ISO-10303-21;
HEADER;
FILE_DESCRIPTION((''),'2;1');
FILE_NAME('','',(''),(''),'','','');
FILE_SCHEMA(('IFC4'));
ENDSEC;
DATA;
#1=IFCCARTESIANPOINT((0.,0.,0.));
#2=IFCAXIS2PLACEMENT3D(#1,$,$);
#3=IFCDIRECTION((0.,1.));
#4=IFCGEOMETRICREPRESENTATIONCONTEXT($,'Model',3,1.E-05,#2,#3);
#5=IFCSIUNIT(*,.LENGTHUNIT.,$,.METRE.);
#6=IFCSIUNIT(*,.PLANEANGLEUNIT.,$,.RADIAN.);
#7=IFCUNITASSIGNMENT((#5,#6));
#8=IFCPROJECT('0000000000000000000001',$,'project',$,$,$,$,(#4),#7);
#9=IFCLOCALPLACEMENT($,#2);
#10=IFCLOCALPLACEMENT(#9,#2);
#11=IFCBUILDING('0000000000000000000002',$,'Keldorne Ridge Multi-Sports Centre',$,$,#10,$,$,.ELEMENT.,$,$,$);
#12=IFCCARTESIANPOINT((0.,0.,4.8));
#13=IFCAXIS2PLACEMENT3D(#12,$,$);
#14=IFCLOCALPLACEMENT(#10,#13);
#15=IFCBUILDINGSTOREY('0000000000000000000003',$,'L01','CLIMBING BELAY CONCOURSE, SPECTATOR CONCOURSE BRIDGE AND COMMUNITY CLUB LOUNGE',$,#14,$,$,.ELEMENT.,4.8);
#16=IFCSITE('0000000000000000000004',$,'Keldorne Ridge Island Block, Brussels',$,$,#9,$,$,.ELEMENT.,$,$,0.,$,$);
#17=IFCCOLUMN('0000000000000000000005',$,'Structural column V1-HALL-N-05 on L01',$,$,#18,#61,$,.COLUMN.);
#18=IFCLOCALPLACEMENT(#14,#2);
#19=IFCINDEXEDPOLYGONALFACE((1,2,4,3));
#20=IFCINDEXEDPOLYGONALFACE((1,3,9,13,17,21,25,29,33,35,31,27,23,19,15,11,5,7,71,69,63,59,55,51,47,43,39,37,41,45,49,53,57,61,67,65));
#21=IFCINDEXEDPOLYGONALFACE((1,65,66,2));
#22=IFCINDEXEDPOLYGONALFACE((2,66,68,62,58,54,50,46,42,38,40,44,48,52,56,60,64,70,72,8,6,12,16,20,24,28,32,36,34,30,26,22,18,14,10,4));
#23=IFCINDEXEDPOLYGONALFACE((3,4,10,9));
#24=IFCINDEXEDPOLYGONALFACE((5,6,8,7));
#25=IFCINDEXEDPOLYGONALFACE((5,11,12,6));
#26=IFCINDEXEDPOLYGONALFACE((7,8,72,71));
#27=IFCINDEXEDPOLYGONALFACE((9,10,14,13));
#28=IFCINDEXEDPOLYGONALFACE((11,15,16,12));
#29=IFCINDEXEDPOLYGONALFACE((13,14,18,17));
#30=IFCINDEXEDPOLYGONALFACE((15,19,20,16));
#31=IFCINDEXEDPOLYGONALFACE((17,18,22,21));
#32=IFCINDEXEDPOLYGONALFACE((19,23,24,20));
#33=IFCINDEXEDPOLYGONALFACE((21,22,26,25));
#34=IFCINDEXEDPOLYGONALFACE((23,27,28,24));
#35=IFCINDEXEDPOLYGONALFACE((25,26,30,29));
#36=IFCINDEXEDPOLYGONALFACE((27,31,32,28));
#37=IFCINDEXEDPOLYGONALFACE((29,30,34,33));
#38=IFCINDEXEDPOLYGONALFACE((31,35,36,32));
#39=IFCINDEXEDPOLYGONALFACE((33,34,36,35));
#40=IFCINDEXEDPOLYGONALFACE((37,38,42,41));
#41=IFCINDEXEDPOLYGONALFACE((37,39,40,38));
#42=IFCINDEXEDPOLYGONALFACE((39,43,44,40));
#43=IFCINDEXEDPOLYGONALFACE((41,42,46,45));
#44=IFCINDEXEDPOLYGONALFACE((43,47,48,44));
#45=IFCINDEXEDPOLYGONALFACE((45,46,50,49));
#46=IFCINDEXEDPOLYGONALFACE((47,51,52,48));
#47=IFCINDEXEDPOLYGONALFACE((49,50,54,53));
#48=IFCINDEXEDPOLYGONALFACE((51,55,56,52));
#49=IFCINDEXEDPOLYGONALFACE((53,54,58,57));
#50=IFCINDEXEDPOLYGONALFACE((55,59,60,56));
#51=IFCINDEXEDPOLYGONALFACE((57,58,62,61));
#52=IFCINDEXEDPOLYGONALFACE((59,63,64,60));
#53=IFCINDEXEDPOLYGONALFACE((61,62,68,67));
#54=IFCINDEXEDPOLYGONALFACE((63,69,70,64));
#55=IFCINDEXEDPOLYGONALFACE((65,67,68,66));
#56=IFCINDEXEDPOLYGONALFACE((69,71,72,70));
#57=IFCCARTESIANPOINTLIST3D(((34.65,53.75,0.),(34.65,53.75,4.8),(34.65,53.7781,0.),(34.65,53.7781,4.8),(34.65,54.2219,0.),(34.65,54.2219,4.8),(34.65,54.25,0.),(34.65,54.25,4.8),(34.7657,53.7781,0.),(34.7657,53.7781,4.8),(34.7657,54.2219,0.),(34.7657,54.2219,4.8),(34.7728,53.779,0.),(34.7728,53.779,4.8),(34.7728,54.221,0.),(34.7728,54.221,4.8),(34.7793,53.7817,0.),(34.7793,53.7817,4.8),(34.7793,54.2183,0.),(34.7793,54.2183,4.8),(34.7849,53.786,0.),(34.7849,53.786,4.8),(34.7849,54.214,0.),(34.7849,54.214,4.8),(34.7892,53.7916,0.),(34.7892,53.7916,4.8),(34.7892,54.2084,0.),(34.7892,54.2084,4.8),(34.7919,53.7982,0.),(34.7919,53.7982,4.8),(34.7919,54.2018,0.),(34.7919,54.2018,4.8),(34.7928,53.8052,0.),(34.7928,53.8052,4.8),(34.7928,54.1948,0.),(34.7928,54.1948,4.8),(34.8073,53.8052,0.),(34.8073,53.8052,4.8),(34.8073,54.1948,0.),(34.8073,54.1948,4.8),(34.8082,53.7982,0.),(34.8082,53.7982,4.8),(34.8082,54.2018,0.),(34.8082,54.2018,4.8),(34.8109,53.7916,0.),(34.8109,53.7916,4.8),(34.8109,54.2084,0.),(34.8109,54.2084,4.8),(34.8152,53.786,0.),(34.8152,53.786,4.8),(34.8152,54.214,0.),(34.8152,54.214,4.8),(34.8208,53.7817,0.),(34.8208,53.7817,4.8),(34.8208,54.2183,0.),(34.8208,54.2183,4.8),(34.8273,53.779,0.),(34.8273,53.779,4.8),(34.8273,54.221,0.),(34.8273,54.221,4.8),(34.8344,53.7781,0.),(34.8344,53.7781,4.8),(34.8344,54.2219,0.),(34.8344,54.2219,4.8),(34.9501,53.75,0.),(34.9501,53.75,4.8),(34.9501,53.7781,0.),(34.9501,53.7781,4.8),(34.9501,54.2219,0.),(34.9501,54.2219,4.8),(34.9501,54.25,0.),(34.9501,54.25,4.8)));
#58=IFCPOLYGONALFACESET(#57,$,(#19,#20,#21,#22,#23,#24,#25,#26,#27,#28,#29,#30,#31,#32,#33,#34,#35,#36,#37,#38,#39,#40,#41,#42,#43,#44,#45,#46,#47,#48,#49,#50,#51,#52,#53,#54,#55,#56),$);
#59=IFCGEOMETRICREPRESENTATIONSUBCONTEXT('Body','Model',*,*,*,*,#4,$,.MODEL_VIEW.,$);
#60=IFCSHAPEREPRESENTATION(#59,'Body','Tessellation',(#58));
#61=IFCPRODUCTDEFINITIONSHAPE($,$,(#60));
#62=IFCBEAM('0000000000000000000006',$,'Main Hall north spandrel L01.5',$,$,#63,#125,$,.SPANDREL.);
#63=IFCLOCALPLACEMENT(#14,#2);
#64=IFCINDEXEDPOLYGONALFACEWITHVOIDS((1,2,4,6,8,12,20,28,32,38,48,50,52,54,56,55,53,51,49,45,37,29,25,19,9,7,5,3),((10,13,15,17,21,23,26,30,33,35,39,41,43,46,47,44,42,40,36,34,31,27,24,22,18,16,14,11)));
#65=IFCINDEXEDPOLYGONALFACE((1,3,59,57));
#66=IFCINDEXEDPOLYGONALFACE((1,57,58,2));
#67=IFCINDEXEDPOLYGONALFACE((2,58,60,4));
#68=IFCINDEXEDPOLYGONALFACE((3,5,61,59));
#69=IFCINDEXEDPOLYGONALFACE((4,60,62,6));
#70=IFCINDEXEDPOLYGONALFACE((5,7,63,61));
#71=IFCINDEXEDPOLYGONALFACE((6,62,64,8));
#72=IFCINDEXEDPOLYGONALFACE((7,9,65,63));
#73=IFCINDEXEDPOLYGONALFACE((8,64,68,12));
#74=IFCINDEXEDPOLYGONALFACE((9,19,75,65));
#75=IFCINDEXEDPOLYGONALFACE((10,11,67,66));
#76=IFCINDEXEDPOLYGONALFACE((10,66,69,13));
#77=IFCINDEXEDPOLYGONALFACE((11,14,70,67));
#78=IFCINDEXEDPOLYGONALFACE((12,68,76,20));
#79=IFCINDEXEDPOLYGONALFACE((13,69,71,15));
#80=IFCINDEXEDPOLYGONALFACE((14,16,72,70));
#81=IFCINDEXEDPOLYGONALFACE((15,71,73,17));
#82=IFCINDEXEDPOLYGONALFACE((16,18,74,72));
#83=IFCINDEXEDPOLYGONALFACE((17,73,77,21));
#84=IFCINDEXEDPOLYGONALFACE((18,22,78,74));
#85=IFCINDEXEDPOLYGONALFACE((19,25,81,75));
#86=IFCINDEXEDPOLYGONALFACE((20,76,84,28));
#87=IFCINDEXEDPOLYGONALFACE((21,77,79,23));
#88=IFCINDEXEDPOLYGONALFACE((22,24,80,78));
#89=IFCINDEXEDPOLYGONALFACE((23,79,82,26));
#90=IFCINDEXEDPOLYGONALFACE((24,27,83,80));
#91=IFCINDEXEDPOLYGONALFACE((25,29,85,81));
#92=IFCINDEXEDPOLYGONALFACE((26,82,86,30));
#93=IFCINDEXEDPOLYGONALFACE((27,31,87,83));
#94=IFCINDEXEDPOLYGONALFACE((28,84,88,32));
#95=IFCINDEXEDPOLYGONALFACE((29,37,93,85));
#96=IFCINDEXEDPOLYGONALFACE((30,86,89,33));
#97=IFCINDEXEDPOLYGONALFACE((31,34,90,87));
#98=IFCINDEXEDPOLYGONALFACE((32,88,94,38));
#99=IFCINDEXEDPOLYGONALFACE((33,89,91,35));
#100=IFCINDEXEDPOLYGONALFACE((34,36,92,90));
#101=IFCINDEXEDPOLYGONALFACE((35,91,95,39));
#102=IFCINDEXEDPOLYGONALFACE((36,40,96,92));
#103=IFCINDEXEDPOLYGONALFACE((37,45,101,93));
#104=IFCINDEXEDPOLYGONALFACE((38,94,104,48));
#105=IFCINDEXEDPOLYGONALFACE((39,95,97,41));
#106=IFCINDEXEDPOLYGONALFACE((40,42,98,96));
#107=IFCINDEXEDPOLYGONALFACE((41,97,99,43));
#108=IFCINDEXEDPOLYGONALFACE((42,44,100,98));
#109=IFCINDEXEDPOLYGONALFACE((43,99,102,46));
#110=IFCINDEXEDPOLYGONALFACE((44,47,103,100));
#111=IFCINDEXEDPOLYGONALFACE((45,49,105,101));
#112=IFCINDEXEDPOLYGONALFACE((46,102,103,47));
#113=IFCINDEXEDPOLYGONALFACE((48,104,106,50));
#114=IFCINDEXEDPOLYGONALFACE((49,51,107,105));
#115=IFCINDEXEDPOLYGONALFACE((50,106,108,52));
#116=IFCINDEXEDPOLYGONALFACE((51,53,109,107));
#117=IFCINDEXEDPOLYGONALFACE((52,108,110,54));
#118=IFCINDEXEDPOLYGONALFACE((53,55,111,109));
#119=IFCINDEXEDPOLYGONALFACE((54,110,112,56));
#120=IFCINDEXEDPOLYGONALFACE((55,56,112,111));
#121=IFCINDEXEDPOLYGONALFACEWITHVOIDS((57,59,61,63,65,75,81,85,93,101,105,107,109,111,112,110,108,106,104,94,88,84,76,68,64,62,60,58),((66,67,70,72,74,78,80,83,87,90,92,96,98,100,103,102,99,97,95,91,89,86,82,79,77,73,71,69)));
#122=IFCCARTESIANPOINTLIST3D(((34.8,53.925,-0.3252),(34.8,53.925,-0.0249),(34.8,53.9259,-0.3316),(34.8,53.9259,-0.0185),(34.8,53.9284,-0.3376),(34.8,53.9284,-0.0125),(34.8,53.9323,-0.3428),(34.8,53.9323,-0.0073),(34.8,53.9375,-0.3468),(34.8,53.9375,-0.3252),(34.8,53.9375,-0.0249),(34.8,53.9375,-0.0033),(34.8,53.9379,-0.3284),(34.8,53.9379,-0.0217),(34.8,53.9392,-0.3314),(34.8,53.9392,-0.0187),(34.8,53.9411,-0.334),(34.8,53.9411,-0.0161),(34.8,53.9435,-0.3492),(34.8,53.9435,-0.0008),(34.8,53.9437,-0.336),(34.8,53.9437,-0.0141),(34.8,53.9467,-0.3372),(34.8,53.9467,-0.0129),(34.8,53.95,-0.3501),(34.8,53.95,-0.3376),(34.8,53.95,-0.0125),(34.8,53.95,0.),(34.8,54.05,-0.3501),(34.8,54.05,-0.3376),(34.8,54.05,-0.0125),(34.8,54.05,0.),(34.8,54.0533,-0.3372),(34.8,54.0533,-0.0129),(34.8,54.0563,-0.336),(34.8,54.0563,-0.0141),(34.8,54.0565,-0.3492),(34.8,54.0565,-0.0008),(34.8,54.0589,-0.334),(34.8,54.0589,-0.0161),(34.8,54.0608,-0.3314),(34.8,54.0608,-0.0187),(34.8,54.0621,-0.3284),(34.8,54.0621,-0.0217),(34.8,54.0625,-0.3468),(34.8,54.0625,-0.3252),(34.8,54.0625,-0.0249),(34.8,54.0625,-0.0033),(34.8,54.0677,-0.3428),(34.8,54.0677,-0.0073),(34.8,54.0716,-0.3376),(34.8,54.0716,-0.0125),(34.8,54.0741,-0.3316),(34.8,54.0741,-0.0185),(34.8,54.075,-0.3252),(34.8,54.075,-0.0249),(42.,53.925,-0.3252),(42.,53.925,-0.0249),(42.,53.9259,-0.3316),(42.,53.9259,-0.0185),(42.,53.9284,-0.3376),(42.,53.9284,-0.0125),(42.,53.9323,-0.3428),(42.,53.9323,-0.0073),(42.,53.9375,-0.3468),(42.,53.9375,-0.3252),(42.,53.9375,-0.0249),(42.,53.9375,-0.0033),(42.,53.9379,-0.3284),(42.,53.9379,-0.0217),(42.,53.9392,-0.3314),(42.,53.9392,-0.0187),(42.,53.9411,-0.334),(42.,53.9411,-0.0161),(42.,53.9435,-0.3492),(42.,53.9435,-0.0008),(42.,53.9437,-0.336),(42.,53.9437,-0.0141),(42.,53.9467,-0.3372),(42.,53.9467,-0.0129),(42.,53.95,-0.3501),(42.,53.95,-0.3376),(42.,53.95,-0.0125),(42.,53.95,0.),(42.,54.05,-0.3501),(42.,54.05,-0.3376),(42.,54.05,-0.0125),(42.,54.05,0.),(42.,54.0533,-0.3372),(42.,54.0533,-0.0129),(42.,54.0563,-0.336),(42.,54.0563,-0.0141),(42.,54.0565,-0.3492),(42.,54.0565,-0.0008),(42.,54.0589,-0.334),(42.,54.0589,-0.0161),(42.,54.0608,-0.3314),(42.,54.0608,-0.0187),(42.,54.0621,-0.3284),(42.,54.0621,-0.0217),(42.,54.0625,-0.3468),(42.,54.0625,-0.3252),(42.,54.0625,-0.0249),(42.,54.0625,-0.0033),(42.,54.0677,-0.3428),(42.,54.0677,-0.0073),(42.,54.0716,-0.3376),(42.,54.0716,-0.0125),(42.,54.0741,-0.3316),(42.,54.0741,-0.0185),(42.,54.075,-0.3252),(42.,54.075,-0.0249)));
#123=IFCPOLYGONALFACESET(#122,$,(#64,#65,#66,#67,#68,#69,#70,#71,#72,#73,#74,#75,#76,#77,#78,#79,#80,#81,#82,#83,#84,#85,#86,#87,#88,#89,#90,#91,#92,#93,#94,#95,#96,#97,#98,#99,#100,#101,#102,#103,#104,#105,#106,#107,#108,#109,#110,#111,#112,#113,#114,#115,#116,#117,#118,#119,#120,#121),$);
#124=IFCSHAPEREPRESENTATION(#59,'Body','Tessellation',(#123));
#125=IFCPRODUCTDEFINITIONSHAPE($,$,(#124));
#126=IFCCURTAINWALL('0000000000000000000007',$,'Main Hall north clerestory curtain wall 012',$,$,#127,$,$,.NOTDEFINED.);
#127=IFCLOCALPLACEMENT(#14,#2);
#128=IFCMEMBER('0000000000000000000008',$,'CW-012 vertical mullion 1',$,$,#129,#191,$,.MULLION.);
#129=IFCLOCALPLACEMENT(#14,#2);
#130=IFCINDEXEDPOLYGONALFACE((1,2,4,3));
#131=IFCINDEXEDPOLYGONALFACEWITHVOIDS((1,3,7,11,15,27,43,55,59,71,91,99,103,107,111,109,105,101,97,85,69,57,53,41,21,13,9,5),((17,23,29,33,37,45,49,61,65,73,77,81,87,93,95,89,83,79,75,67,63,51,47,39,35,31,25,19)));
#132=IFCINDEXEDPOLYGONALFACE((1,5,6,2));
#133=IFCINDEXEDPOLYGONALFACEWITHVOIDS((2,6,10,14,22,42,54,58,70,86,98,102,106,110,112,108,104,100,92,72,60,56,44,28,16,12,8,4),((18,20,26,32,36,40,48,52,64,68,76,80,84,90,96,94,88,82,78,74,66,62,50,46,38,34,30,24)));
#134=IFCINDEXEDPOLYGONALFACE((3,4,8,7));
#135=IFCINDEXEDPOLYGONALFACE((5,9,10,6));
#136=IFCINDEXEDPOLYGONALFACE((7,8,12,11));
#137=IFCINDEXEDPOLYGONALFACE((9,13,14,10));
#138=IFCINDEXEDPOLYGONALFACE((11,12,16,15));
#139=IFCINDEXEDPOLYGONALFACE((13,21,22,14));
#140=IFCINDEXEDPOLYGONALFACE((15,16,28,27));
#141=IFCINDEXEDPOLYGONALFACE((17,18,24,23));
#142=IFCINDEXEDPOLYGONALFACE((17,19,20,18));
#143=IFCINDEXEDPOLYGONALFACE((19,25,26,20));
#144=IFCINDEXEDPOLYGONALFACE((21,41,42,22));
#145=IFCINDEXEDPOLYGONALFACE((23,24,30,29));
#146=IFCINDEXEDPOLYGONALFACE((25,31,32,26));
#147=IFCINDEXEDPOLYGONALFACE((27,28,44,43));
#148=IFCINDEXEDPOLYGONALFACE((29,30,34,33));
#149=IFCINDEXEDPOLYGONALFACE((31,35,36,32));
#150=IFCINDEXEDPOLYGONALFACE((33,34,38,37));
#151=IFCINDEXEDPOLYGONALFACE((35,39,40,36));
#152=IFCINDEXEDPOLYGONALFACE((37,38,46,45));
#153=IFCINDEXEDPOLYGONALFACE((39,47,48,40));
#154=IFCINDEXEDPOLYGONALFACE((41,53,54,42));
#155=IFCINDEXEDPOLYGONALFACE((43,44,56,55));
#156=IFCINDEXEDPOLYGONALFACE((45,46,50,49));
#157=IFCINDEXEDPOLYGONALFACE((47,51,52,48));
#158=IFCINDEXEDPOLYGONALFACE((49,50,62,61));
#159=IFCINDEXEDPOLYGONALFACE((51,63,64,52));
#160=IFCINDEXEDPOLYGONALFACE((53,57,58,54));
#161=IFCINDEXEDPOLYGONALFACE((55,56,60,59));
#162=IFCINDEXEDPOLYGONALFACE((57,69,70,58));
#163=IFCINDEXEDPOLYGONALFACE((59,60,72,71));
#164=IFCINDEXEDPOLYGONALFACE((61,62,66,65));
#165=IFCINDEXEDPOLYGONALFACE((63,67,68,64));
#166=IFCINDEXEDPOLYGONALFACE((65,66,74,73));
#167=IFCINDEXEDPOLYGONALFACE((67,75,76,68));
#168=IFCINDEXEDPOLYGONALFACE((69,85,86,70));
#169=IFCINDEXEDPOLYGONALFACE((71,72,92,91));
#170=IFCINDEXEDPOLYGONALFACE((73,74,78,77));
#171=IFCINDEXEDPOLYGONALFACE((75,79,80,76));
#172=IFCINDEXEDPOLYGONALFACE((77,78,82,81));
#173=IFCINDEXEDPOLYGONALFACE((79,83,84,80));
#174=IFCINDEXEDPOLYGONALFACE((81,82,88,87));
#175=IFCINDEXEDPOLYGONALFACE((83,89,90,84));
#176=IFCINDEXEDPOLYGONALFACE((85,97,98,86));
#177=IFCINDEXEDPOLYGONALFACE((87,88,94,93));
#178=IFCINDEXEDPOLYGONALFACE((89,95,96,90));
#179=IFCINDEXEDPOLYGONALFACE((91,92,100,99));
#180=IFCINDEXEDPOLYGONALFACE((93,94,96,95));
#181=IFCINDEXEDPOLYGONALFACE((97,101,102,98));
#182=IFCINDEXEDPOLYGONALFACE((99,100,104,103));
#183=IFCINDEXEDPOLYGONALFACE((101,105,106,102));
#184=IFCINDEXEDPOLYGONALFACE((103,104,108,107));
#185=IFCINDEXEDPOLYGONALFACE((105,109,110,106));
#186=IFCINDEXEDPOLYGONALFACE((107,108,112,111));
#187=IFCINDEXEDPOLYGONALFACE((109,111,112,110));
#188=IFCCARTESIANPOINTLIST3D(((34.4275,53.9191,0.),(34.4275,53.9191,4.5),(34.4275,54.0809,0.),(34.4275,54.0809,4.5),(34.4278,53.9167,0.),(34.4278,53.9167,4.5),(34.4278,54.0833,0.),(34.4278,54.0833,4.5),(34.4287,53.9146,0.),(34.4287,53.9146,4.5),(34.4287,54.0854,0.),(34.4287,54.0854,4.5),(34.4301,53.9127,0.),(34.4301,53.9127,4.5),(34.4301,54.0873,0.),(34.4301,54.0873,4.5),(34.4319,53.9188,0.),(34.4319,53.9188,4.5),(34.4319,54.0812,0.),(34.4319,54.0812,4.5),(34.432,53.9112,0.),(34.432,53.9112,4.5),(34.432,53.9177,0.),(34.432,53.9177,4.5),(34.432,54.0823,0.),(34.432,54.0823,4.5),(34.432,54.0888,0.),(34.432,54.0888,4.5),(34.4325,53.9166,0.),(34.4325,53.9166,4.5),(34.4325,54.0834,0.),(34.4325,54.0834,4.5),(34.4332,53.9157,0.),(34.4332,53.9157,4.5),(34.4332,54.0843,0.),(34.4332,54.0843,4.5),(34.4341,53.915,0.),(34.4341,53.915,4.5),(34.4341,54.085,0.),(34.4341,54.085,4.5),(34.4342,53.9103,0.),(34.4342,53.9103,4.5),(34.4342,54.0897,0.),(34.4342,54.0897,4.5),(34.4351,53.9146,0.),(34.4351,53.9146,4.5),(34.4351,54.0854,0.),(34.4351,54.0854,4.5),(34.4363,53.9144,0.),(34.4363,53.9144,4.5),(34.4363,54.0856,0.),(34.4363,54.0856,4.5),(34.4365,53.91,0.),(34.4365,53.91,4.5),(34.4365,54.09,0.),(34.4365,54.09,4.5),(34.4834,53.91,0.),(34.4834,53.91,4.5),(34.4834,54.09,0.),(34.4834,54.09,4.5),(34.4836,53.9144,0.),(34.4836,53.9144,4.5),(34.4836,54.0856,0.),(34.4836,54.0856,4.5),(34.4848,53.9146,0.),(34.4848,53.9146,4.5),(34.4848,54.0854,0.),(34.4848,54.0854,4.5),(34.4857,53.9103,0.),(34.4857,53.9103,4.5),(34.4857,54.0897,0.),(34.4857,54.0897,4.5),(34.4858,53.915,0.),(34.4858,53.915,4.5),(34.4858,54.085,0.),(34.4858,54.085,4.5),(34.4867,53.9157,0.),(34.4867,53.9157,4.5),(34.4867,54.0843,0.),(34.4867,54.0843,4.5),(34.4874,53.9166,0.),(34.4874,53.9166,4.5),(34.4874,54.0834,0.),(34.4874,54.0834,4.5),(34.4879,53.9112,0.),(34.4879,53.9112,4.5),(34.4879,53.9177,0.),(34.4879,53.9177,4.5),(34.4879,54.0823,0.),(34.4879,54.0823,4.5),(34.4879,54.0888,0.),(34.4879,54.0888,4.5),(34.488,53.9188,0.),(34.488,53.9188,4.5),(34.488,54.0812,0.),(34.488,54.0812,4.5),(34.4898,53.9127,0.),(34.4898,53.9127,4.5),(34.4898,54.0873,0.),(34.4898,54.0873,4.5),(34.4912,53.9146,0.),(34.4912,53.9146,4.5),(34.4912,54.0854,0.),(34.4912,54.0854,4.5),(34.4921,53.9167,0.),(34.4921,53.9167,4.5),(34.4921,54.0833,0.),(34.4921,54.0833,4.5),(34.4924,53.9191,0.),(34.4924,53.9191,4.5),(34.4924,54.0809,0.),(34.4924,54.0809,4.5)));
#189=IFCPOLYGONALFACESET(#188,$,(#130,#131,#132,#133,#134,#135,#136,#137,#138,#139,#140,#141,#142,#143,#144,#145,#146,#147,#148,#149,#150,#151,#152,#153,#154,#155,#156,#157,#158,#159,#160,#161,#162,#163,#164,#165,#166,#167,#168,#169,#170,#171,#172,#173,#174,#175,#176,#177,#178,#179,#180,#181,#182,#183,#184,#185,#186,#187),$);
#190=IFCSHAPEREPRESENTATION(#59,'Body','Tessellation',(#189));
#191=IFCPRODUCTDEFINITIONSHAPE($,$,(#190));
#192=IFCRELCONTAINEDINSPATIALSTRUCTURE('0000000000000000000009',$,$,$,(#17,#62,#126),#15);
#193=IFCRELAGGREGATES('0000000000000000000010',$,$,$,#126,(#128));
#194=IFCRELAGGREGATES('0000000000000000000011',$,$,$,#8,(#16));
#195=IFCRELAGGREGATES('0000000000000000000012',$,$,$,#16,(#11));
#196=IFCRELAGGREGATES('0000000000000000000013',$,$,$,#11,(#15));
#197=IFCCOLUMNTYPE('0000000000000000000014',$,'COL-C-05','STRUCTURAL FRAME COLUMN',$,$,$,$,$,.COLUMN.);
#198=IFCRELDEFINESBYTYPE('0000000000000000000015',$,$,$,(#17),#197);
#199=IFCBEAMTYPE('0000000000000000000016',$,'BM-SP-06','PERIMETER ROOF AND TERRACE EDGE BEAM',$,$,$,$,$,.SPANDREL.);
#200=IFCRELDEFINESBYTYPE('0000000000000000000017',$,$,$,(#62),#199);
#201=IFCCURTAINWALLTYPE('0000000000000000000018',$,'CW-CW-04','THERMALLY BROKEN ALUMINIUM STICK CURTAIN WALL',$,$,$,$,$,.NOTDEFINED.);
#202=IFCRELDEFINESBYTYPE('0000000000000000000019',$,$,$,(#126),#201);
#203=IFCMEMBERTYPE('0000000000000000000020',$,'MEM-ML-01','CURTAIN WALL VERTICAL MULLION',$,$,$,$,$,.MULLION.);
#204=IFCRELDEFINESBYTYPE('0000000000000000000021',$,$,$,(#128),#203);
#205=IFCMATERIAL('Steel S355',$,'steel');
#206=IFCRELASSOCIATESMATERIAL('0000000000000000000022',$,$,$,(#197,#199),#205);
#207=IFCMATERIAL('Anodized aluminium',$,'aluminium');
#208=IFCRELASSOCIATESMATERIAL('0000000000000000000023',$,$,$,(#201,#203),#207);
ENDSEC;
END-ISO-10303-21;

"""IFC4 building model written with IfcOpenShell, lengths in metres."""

from ifc_helpers import new_model, si_unit, direction, frame, origin, origin_2d, place, context, subcontext, project, spatial, hollow_rectangle, i_section, extrude, material, material_profile, profile_set, type_object, element, aggregate, save


model = new_model("IFC4")

# Units and contexts
model_context = context("Model", 3, precision=1e-05, world=origin(), true_north=direction((0.0, 1.0)))
body_context = subcontext(model_context, "Body", "Model", "MODEL_VIEW")
ifc_project = project(units=[si_unit("LENGTHUNIT", "METRE"), si_unit("PLANEANGLEUNIT", "RADIAN")], contexts=[model_context])

# Site, building, storey
site_placement = place(None, origin())
site = spatial("IfcSite", under=ifc_project, at=site_placement, Name="Keldorne Ridge Island Block, Brussels", CompositionType="ELEMENT", RefElevation=0.0)
building_placement = place(site_placement, origin())
building = spatial("IfcBuilding", under=site, at=building_placement, Name="Keldorne Ridge Multi-Sports Centre", CompositionType="ELEMENT")
storey_placement = place(building_placement, frame((0.0, 0.0, 4.8)))
storey = spatial("IfcBuildingStorey", under=building, at=storey_placement, Name="L01", Description="CLIMBING BELAY CONCOURSE, SPECTATOR CONCOURSE BRIDGE AND COMMUNITY CLUB LOUNGE", CompositionType="ELEMENT", Elevation=4.8)

# Column
ifc_material_1 = material(Name="Steel S355", Category="steel")
ifc_material_profile_1 = material_profile(ifc_material_1, i_section(OverallWidth=0.3, OverallDepth=0.5, WebThickness=0.0144, FlangeThickness=0.0281, FilletRadius=0.0271, at=origin_2d()), Name="HEB 500")
ifc_profile_set_1 = profile_set([ifc_material_profile_1], Name="Steel S355")
column_type = type_object("IfcColumnType", Name="COL-C-05", Description="STRUCTURAL FRAME COLUMN", PredefinedType="COLUMN", material=ifc_profile_set_1)
column_placement = place(storey_placement, frame((34.8, 54.0, 0.0), z_axis=(0.0, 0.0, 1.0), x_axis=(1.0, 0.0, 0.0)))
element("IfcColumn", 1, at=column_placement, inside=storey, type_object=column_type, Name="Structural column V1-HALL-N-05 on L01", PredefinedType="COLUMN", context=body_context, shape_type="SweptSolid", body=[
    extrude(i_section(OverallWidth=0.3, OverallDepth=0.5, WebThickness=0.0144, FlangeThickness=0.0281, FilletRadius=0.0271, at=origin_2d()), origin(), (0.0, 0.0, 1.0), 4.8),
])

# Beam
ifc_material_profile_2 = material_profile(ifc_material_1, hollow_rectangle(XDim=0.1499, YDim=0.3501, WallThickness=0.0125, InnerFilletRadius=0.0125, OuterFilletRadius=0.0249, at=origin_2d()), Name="RHS 350x150x12.5")
ifc_profile_set_2 = profile_set([ifc_material_profile_2], Name="Steel S355")
beam_type = type_object("IfcBeamType", Name="BM-SP-06", Description="PERIMETER ROOF AND TERRACE EDGE BEAM", PredefinedType="SPANDREL", material=ifc_profile_set_2)
beam_placement = place(storey_placement, frame((34.8, 54.0, -0.175), z_axis=(1.0, 0.0, 0.0), x_axis=(0.0, 1.0, 0.0)))
element("IfcBeam", 2, at=beam_placement, inside=storey, type_object=beam_type, Name="Main Hall north spandrel L01.5", PredefinedType="SPANDREL", context=body_context, shape_type="SweptSolid", body=[
    extrude(hollow_rectangle(XDim=0.1499, YDim=0.3501, WallThickness=0.0125, InnerFilletRadius=0.0125, OuterFilletRadius=0.0249, at=origin_2d()), origin(), (0.0, 0.0, 1.0), 7.2),
])

# Curtain wall, member
ifc_material_2 = material(Name="Anodized aluminium", Category="aluminium")
curtain_wall_type_1 = type_object("IfcCurtainWallType", Name="CW-CW-04", Description="THERMALLY BROKEN ALUMINIUM STICK CURTAIN WALL", PredefinedType="NOTDEFINED", material=ifc_material_2)
curtain_wall_1_placement = place(storey_placement, origin())
curtain_wall_1 = element("IfcCurtainWall", 3, at=curtain_wall_1_placement, inside=storey, type_object=curtain_wall_type_1, Name="Main Hall north clerestory curtain wall 012", PredefinedType="NOTDEFINED")
ifc_material_profile_3 = material_profile(ifc_material_2, hollow_rectangle(XDim=0.0649, YDim=0.1799, WallThickness=0.0044, InnerFilletRadius=0.0044, OuterFilletRadius=0.009, at=origin_2d()), Name="ALU MULLION 180x65x4.5")
ifc_profile_set_3 = profile_set([ifc_material_profile_3], Name="Anodized aluminium")
member_type_1 = type_object("IfcMemberType", Name="MEM-ML-01", Description="CURTAIN WALL VERTICAL MULLION", PredefinedType="MULLION", material=ifc_profile_set_3)
member_1_placement = place(storey_placement, frame((34.46, 54.0, 0.0), z_axis=(0.0, 0.0, 1.0), x_axis=(1.0, 0.0, 0.0)))
member_1 = element("IfcMember", 4, at=member_1_placement, type_object=member_type_1, Name="CW-012 vertical mullion 1", PredefinedType="MULLION", context=body_context, shape_type="SweptSolid", body=[
    extrude(hollow_rectangle(XDim=0.0649, YDim=0.1799, WallThickness=0.0044, InnerFilletRadius=0.0044, OuterFilletRadius=0.009, at=origin_2d()), origin(), (0.0, 0.0, 1.0), 4.5),
])

aggregate(curtain_wall_1, [member_1])

save(model, "model.ifc")
